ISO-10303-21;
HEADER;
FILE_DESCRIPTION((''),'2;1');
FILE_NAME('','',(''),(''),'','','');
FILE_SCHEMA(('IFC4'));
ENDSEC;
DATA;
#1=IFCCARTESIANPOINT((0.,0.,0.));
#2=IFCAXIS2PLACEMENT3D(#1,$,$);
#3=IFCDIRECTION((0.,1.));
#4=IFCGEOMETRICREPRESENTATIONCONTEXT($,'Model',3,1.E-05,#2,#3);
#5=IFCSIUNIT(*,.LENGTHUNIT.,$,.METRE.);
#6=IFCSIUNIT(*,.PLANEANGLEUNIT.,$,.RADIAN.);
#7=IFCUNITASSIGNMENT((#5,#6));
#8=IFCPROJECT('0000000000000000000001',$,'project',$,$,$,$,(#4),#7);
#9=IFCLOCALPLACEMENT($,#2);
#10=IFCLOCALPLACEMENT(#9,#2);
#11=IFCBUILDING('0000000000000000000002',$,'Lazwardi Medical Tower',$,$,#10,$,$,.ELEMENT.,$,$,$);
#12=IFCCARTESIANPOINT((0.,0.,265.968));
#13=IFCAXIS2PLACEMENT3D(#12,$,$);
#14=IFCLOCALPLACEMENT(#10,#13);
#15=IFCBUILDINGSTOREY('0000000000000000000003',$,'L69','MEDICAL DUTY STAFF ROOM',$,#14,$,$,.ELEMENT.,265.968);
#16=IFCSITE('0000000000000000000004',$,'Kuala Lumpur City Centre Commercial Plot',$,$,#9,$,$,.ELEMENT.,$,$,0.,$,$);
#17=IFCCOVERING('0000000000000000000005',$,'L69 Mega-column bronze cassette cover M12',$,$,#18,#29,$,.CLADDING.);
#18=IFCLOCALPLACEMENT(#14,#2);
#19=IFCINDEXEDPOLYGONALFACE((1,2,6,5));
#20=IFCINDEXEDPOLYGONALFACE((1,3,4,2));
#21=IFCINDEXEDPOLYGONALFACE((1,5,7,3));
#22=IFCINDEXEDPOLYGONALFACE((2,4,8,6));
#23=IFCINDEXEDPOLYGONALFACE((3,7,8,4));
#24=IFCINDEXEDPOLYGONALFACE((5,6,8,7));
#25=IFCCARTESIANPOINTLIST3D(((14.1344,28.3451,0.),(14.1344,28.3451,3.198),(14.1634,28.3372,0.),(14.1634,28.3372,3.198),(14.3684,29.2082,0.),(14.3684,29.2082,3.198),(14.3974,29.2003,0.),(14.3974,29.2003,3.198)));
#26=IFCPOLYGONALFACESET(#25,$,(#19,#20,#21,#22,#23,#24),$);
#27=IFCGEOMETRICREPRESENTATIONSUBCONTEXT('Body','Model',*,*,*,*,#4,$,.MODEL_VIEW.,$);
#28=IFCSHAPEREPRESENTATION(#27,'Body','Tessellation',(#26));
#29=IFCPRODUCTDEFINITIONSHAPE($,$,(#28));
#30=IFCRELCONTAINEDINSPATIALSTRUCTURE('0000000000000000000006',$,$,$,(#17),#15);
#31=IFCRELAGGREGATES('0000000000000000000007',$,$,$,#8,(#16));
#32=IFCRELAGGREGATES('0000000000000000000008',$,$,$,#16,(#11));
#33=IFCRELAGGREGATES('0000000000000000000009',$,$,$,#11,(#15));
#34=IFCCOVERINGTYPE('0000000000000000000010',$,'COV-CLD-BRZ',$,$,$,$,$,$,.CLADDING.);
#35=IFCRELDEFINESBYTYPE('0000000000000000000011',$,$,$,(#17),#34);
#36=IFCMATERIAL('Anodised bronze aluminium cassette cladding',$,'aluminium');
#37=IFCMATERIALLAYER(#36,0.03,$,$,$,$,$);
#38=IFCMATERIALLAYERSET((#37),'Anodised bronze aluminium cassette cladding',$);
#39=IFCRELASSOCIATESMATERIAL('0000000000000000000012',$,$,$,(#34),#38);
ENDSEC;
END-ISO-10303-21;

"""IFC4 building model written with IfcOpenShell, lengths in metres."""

from ifc_helpers import new_model, si_unit, direction, frame, origin, origin_2d, place, context, subcontext, project, spatial, rectangle, extrude, material, layer, layer_set, type_object, element, save


model = new_model("IFC4")

# Units and contexts
model_context = context("Model", 3, precision=1e-05, world=origin(), true_north=direction((0.0, 1.0)))
body_context = subcontext(model_context, "Body", "Model", "MODEL_VIEW")
ifc_project = project(units=[si_unit("LENGTHUNIT", "METRE"), si_unit("PLANEANGLEUNIT", "RADIAN")], contexts=[model_context])

# Site, building, storey
site_placement = place(None, origin())
site = spatial("IfcSite", under=ifc_project, at=site_placement, Name="Kuala Lumpur City Centre Commercial Plot", CompositionType="ELEMENT", RefElevation=0.0)
building_placement = place(site_placement, origin())
building = spatial("IfcBuilding", under=site, at=building_placement, Name="Lazwardi Medical Tower", CompositionType="ELEMENT")
storey_placement = place(building_placement, frame((0.0, 0.0, 265.968)))
storey = spatial("IfcBuildingStorey", under=building, at=storey_placement, Name="L69", Description="MEDICAL DUTY STAFF ROOM", CompositionType="ELEMENT", Elevation=265.968)

# Covering
ifc_material_1 = material(Name="Anodised bronze aluminium cassette cladding", Category="aluminium")
ifc_layer_1 = layer(ifc_material_1, 0.03)
ifc_layer_set_1 = layer_set([ifc_layer_1], Name="Anodised bronze aluminium cassette cladding")
covering_type = type_object("IfcCoveringType", Name="COV-CLD-BRZ", PredefinedType="CLADDING", material=ifc_layer_set_1)
covering_placement = place(storey_placement, frame((14.2659, 28.7727, 0.0), z_axis=(0.0, 0.0, 1.0), x_axis=(-0.261642, -0.965165, 0.0)))
element("IfcCovering", 1, at=covering_placement, inside=storey, type_object=covering_type, Name="L69 Mega-column bronze cassette cover M12", PredefinedType="CLADDING", context=body_context, shape_type="SweptSolid", body=[
    extrude(rectangle(XDim=0.8943, YDim=0.03, at=origin_2d()), origin(), (0.0, 0.0, 1.0), 3.198),
])

save(model, "model.ifc")
